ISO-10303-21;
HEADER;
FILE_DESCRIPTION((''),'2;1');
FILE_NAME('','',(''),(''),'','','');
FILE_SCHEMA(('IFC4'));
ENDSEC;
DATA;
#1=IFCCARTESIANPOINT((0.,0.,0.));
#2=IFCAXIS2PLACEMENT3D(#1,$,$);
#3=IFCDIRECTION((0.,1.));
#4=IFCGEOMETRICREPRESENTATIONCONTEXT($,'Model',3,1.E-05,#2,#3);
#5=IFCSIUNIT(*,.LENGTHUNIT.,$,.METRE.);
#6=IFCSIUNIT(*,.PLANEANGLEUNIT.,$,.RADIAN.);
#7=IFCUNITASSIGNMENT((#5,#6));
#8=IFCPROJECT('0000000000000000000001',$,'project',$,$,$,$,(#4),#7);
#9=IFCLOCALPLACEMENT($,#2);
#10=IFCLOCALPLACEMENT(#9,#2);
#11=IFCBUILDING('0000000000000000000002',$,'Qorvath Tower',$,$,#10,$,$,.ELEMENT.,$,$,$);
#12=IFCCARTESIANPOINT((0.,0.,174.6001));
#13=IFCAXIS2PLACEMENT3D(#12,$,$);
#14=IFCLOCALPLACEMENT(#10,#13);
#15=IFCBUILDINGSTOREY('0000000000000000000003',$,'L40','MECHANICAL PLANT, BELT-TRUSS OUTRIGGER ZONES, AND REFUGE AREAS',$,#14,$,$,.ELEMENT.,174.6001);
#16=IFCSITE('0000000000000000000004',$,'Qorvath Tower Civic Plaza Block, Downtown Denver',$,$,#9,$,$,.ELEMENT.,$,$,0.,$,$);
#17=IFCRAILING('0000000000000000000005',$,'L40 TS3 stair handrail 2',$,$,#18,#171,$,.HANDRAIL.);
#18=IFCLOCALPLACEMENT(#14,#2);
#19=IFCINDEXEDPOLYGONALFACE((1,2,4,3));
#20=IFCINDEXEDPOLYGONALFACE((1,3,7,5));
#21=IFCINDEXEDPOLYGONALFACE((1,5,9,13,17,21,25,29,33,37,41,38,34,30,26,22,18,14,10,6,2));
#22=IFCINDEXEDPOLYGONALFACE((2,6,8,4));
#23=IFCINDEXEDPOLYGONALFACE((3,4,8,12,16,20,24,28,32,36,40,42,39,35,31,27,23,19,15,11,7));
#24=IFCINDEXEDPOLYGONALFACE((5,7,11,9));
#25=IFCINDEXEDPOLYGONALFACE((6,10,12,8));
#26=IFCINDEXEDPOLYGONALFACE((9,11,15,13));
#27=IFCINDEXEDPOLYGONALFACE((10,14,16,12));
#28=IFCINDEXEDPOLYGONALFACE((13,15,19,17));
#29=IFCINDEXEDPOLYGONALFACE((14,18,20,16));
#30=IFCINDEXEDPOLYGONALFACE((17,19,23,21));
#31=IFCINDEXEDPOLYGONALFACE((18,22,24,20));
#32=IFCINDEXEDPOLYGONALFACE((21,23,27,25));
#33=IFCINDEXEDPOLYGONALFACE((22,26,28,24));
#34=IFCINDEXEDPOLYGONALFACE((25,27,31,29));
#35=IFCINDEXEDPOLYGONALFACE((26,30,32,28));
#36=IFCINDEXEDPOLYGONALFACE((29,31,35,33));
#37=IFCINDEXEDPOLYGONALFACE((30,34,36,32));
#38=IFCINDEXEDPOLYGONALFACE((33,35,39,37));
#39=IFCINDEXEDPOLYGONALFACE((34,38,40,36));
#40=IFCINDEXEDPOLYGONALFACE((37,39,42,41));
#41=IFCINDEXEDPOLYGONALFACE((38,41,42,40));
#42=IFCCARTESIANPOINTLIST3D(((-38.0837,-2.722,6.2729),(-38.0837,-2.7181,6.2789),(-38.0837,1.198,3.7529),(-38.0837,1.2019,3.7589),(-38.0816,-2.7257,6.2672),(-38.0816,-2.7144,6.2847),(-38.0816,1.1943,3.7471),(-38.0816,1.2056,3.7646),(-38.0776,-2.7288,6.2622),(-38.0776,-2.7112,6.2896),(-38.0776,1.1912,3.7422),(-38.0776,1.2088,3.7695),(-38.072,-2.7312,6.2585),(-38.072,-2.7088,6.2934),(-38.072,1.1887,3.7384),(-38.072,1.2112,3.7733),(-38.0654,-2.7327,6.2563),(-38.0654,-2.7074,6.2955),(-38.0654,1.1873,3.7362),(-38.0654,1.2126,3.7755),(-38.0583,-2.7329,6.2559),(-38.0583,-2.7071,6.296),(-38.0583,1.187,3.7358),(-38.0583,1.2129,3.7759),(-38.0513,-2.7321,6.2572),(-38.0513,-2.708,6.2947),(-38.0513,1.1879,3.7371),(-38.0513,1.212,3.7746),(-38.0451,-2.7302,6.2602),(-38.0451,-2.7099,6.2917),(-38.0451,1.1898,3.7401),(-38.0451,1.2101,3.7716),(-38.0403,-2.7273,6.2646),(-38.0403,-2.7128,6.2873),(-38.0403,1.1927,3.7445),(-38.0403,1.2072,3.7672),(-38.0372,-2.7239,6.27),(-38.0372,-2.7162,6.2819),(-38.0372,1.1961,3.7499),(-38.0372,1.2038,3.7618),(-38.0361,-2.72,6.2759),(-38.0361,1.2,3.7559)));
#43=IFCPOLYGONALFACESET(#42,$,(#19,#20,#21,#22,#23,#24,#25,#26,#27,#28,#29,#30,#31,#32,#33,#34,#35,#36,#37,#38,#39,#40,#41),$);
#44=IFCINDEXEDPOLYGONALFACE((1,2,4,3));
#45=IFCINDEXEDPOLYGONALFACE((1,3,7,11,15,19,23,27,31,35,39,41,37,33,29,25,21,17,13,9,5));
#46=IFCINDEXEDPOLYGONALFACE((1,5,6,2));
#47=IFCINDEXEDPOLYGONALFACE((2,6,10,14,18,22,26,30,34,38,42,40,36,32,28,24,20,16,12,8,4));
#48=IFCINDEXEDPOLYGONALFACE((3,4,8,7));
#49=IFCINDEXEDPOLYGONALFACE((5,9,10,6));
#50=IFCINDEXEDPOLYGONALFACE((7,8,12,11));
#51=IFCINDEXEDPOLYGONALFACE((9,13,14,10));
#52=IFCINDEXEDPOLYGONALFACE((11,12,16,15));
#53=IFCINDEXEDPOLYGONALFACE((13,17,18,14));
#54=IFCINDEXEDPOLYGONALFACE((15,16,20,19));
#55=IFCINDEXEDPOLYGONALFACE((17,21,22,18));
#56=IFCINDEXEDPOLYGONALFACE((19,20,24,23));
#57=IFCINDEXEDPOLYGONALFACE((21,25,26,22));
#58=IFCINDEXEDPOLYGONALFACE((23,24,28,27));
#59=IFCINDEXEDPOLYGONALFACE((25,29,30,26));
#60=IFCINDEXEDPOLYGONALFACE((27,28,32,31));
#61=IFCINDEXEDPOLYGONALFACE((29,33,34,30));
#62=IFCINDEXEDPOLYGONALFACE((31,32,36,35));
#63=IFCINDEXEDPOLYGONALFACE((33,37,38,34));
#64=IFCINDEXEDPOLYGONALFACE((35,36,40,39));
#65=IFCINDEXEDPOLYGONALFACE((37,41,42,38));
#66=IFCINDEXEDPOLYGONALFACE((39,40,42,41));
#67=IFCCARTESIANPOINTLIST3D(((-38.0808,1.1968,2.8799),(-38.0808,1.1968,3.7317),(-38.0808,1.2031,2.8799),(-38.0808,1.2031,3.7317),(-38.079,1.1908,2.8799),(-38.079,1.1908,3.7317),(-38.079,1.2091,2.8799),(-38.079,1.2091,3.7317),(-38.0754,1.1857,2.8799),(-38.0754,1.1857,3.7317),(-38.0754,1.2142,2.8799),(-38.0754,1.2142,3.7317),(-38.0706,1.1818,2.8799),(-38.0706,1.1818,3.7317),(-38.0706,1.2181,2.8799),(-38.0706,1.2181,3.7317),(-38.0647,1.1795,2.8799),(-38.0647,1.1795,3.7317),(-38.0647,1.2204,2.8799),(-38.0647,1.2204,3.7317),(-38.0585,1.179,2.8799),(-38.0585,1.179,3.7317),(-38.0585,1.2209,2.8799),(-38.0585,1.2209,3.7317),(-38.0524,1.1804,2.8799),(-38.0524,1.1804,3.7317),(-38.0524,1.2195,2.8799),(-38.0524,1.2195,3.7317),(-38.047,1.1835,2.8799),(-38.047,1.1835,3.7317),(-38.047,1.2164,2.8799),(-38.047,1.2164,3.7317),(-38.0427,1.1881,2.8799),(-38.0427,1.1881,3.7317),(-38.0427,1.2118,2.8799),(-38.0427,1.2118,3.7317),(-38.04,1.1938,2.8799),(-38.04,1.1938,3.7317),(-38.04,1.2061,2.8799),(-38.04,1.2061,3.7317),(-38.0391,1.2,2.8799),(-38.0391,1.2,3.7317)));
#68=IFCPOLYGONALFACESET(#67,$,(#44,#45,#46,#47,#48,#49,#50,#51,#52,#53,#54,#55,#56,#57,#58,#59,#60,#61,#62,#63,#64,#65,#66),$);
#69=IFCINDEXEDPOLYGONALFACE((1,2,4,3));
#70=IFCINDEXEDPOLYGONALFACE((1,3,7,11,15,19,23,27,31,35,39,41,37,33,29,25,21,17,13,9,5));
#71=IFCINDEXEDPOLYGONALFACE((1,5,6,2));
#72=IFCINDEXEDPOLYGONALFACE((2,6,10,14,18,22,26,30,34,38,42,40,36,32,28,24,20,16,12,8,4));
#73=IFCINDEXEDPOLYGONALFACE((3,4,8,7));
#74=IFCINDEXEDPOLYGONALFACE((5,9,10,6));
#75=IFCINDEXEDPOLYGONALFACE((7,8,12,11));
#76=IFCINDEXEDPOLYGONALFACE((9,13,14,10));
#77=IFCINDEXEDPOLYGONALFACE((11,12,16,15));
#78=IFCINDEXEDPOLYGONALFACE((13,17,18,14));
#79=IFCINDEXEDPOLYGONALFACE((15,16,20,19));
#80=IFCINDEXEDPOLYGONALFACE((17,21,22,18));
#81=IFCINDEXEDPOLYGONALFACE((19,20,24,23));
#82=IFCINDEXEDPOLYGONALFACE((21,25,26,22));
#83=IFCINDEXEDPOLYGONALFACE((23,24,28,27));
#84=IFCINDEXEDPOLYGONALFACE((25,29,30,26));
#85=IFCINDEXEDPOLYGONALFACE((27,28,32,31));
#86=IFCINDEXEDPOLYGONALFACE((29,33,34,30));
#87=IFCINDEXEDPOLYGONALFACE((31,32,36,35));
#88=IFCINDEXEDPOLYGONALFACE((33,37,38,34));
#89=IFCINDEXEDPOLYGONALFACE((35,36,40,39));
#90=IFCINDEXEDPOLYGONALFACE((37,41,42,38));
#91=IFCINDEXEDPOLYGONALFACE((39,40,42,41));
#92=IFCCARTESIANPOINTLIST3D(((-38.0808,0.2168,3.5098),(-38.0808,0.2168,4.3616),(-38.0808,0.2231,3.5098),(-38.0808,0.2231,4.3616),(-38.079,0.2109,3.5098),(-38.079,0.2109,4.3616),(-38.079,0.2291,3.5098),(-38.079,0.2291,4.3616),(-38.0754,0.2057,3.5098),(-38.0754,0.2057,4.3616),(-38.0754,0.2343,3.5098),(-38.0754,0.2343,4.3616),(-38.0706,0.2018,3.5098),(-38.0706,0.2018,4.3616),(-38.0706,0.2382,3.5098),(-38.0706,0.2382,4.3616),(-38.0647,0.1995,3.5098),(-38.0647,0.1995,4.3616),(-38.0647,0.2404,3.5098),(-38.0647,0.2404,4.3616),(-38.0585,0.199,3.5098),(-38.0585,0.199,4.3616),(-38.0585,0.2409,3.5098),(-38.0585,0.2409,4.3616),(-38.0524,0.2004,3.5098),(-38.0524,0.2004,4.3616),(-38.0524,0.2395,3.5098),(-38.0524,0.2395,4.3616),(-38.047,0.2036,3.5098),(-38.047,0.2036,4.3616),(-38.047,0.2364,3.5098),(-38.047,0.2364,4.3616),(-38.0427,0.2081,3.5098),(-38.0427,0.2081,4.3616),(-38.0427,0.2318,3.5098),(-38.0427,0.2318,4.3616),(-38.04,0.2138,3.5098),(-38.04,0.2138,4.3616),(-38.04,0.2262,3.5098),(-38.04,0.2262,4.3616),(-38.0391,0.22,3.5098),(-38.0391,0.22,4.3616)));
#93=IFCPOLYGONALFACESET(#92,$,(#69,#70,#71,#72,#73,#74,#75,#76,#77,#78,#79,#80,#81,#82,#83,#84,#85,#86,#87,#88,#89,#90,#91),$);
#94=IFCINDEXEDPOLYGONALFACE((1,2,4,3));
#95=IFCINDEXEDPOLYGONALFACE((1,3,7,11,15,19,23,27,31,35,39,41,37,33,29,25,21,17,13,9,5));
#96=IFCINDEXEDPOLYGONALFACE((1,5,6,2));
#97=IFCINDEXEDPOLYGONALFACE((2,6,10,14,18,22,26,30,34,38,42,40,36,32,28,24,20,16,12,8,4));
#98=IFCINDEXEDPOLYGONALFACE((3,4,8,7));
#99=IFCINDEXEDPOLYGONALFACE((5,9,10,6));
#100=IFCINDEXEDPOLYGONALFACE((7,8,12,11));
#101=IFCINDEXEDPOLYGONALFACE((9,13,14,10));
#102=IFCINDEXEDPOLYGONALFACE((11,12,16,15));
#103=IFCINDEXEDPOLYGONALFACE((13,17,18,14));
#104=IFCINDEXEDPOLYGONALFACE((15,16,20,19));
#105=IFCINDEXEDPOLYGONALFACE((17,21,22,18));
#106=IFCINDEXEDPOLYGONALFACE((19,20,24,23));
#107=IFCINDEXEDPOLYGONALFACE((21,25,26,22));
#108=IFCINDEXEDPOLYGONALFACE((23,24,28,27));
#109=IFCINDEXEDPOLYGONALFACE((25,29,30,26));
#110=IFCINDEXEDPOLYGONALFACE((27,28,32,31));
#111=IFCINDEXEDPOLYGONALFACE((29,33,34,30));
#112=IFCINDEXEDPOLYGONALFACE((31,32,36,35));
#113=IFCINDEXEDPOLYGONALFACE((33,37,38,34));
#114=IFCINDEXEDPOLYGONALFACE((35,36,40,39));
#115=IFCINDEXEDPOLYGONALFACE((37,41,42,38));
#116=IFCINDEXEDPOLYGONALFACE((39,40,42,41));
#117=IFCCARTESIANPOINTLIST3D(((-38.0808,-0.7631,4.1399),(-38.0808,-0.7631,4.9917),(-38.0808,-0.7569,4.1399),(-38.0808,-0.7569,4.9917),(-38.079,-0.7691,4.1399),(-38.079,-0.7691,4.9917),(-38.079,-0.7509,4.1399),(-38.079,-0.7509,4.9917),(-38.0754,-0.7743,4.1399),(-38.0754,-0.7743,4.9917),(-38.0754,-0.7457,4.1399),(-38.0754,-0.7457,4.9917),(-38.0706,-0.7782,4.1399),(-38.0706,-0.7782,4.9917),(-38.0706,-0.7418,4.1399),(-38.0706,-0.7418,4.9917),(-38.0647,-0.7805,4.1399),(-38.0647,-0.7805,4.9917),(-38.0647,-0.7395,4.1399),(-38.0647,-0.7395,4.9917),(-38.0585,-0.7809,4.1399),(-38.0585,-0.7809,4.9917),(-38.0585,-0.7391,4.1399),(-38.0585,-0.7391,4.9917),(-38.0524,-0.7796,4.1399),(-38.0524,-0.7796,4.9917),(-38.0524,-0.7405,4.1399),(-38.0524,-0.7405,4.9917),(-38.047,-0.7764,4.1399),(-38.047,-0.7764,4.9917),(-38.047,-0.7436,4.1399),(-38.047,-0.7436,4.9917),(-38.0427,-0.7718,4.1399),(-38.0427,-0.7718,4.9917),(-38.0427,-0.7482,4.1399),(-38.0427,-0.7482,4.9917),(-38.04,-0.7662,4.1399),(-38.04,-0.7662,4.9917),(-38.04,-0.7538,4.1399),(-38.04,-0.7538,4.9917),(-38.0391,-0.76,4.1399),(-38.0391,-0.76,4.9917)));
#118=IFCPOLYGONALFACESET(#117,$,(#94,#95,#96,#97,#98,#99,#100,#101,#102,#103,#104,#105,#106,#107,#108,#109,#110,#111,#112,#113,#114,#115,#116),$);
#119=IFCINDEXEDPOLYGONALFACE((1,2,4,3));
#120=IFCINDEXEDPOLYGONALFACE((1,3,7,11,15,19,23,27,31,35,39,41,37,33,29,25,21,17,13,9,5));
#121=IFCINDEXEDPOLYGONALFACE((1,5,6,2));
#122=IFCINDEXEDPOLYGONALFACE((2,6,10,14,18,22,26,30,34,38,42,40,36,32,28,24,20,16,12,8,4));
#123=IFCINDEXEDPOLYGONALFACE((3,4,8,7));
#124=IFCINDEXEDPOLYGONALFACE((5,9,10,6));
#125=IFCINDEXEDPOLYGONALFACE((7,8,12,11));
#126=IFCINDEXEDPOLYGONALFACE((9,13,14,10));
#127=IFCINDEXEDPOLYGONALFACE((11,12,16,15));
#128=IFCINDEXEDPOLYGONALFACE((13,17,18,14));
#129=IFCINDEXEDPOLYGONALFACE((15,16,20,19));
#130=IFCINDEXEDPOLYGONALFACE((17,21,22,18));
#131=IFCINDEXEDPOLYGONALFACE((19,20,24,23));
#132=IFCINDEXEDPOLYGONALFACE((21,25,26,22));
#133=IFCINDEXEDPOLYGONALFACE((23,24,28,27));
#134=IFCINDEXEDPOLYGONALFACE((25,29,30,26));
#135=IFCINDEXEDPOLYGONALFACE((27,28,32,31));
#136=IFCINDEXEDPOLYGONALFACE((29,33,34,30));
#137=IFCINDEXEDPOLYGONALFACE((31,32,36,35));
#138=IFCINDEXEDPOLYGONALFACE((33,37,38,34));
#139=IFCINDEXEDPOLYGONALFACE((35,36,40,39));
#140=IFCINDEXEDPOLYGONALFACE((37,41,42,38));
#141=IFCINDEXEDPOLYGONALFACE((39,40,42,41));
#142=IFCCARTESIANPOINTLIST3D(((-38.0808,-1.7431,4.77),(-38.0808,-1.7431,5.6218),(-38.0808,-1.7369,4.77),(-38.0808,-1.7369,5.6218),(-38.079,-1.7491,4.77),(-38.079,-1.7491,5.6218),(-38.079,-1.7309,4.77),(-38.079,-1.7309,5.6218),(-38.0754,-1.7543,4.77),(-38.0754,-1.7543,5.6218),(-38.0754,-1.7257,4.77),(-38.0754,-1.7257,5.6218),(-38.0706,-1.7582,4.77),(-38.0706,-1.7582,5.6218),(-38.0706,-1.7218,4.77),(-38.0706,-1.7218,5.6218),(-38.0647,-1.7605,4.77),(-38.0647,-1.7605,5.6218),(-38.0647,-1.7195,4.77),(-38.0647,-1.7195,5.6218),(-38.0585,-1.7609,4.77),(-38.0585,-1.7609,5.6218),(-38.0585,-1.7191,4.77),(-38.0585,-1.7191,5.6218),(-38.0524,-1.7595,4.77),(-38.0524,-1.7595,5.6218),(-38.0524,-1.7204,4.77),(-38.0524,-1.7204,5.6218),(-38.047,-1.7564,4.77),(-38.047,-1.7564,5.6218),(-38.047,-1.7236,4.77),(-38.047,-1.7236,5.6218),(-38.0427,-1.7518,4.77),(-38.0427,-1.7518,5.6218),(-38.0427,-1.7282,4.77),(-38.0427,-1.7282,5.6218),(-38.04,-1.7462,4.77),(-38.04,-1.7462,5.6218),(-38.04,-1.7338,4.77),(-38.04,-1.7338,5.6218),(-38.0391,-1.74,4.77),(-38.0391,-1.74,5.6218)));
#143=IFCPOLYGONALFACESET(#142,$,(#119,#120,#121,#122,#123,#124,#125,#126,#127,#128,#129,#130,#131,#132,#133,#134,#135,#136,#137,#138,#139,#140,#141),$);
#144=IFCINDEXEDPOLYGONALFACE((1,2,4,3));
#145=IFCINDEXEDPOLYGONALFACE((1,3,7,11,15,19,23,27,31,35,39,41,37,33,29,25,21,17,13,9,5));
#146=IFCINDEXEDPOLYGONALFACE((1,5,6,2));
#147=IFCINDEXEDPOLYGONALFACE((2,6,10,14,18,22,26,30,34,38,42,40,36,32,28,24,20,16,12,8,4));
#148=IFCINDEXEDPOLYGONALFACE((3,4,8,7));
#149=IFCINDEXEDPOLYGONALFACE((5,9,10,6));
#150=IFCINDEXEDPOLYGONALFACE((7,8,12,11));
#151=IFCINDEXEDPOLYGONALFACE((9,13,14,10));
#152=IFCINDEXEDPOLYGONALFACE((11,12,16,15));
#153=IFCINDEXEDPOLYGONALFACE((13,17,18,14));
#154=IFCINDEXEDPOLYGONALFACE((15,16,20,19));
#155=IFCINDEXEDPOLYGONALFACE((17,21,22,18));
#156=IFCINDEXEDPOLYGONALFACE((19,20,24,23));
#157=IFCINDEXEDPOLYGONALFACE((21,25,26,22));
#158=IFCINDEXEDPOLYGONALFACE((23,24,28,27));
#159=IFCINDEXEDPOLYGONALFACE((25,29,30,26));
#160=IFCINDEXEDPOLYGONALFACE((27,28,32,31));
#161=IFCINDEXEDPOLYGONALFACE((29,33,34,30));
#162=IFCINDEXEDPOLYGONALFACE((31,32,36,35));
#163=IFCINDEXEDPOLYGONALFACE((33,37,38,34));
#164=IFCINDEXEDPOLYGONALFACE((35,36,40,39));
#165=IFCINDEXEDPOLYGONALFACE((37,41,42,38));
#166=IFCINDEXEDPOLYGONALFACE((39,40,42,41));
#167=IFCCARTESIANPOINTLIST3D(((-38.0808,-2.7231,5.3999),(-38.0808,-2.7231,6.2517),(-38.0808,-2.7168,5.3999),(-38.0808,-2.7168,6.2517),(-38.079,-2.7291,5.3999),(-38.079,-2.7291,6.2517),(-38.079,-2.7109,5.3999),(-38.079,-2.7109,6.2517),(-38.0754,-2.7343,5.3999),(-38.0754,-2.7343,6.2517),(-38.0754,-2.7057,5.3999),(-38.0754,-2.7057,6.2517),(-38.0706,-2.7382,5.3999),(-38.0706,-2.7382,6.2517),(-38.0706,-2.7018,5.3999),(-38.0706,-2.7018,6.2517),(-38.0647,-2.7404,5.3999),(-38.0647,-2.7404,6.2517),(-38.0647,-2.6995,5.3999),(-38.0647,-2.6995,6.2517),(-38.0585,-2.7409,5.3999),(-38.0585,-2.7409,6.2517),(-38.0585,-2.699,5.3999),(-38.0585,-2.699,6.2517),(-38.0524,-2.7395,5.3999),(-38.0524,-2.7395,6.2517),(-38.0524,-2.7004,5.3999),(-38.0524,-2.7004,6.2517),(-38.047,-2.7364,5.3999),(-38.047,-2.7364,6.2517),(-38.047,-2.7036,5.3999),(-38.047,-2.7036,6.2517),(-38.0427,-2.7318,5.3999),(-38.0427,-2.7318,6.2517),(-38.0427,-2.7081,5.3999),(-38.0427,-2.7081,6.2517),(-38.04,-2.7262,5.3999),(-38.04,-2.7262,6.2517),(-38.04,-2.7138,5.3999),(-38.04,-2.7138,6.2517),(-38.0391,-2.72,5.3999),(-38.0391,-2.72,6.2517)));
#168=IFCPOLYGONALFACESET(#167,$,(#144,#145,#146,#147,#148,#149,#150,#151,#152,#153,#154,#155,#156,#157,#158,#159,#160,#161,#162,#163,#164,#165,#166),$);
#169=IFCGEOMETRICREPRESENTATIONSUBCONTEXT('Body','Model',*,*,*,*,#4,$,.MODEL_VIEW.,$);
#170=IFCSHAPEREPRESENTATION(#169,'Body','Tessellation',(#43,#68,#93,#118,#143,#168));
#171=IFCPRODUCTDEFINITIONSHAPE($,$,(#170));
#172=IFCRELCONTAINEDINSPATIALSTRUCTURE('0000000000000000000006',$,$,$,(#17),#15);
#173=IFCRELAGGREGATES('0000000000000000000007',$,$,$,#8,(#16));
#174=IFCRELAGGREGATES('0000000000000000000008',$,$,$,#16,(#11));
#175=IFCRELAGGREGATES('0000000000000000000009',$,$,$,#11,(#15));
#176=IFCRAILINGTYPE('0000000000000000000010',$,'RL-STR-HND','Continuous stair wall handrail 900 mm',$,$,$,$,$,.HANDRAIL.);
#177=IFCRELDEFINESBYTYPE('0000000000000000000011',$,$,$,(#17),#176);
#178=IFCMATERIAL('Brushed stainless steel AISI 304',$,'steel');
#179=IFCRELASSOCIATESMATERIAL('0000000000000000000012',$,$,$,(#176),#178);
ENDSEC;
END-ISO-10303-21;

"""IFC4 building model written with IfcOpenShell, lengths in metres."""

from ifc_helpers import new_model, si_unit, direction, frame, origin, origin_2d, place, context, subcontext, project, spatial, circle, extrude, material, type_object, element, save


model = new_model("IFC4")

# Units and contexts
model_context = context("Model", 3, precision=1e-05, world=origin(), true_north=direction((0.0, 1.0)))
body_context = subcontext(model_context, "Body", "Model", "MODEL_VIEW")
ifc_project = project(units=[si_unit("LENGTHUNIT", "METRE"), si_unit("PLANEANGLEUNIT", "RADIAN")], contexts=[model_context])

# Site, building, storey
site_placement = place(None, origin())
site = spatial("IfcSite", under=ifc_project, at=site_placement, Name="Qorvath Tower Civic Plaza Block, Downtown Denver", CompositionType="ELEMENT", RefElevation=0.0)
building_placement = place(site_placement, origin())
building = spatial("IfcBuilding", under=site, at=building_placement, Name="Qorvath Tower", CompositionType="ELEMENT")
storey_placement = place(building_placement, frame((0.0, 0.0, 174.6001)))
storey = spatial("IfcBuildingStorey", under=building, at=storey_placement, Name="L40", Description="MECHANICAL PLANT, BELT-TRUSS OUTRIGGER ZONES, AND REFUGE AREAS", CompositionType="ELEMENT", Elevation=174.6001)

# Railing
ifc_material_1 = material(Name="Brushed stainless steel AISI 304", Category="steel")
railing_type_1 = type_object("IfcRailingType", Name="RL-STR-HND", Description="Continuous stair wall handrail 900 mm", PredefinedType="HANDRAIL", material=ifc_material_1)
railing_1_placement = place(storey_placement, frame((-38.0601, 1.2, 2.8799)))
element("IfcRailing", 1, at=railing_1_placement, inside=storey, type_object=railing_type_1, Name="L40 TS3 stair handrail 2", PredefinedType="HANDRAIL", context=body_context, shape_type="SweptSolid", body=[
    extrude(circle(Radius=0.0239, at=origin_2d()), frame((0.0, 0.0, 0.876), z_axis=(0.0, -0.841172, 0.540768), x_axis=(1.0, 0.0, 0.0)), (0.0, 0.0, 1.0), 4.6602),
    extrude(circle(Radius=0.021, at=origin_2d()), origin(), (0.0, 0.0, 1.0), 0.8518),
    extrude(circle(Radius=0.021, at=origin_2d()), frame((0.0, -0.98, 0.6299)), (0.0, 0.0, 1.0), 0.8518),
    extrude(circle(Radius=0.021, at=origin_2d()), frame((0.0, -1.96, 1.26)), (0.0, 0.0, 1.0), 0.8518),
    extrude(circle(Radius=0.021, at=origin_2d()), frame((0.0, -2.9399, 1.8901)), (0.0, 0.0, 1.0), 0.8518),
    extrude(circle(Radius=0.021, at=origin_2d()), frame((0.0, -3.9199, 2.52)), (0.0, 0.0, 1.0), 0.8518),
])

save(model, "model.ifc")
